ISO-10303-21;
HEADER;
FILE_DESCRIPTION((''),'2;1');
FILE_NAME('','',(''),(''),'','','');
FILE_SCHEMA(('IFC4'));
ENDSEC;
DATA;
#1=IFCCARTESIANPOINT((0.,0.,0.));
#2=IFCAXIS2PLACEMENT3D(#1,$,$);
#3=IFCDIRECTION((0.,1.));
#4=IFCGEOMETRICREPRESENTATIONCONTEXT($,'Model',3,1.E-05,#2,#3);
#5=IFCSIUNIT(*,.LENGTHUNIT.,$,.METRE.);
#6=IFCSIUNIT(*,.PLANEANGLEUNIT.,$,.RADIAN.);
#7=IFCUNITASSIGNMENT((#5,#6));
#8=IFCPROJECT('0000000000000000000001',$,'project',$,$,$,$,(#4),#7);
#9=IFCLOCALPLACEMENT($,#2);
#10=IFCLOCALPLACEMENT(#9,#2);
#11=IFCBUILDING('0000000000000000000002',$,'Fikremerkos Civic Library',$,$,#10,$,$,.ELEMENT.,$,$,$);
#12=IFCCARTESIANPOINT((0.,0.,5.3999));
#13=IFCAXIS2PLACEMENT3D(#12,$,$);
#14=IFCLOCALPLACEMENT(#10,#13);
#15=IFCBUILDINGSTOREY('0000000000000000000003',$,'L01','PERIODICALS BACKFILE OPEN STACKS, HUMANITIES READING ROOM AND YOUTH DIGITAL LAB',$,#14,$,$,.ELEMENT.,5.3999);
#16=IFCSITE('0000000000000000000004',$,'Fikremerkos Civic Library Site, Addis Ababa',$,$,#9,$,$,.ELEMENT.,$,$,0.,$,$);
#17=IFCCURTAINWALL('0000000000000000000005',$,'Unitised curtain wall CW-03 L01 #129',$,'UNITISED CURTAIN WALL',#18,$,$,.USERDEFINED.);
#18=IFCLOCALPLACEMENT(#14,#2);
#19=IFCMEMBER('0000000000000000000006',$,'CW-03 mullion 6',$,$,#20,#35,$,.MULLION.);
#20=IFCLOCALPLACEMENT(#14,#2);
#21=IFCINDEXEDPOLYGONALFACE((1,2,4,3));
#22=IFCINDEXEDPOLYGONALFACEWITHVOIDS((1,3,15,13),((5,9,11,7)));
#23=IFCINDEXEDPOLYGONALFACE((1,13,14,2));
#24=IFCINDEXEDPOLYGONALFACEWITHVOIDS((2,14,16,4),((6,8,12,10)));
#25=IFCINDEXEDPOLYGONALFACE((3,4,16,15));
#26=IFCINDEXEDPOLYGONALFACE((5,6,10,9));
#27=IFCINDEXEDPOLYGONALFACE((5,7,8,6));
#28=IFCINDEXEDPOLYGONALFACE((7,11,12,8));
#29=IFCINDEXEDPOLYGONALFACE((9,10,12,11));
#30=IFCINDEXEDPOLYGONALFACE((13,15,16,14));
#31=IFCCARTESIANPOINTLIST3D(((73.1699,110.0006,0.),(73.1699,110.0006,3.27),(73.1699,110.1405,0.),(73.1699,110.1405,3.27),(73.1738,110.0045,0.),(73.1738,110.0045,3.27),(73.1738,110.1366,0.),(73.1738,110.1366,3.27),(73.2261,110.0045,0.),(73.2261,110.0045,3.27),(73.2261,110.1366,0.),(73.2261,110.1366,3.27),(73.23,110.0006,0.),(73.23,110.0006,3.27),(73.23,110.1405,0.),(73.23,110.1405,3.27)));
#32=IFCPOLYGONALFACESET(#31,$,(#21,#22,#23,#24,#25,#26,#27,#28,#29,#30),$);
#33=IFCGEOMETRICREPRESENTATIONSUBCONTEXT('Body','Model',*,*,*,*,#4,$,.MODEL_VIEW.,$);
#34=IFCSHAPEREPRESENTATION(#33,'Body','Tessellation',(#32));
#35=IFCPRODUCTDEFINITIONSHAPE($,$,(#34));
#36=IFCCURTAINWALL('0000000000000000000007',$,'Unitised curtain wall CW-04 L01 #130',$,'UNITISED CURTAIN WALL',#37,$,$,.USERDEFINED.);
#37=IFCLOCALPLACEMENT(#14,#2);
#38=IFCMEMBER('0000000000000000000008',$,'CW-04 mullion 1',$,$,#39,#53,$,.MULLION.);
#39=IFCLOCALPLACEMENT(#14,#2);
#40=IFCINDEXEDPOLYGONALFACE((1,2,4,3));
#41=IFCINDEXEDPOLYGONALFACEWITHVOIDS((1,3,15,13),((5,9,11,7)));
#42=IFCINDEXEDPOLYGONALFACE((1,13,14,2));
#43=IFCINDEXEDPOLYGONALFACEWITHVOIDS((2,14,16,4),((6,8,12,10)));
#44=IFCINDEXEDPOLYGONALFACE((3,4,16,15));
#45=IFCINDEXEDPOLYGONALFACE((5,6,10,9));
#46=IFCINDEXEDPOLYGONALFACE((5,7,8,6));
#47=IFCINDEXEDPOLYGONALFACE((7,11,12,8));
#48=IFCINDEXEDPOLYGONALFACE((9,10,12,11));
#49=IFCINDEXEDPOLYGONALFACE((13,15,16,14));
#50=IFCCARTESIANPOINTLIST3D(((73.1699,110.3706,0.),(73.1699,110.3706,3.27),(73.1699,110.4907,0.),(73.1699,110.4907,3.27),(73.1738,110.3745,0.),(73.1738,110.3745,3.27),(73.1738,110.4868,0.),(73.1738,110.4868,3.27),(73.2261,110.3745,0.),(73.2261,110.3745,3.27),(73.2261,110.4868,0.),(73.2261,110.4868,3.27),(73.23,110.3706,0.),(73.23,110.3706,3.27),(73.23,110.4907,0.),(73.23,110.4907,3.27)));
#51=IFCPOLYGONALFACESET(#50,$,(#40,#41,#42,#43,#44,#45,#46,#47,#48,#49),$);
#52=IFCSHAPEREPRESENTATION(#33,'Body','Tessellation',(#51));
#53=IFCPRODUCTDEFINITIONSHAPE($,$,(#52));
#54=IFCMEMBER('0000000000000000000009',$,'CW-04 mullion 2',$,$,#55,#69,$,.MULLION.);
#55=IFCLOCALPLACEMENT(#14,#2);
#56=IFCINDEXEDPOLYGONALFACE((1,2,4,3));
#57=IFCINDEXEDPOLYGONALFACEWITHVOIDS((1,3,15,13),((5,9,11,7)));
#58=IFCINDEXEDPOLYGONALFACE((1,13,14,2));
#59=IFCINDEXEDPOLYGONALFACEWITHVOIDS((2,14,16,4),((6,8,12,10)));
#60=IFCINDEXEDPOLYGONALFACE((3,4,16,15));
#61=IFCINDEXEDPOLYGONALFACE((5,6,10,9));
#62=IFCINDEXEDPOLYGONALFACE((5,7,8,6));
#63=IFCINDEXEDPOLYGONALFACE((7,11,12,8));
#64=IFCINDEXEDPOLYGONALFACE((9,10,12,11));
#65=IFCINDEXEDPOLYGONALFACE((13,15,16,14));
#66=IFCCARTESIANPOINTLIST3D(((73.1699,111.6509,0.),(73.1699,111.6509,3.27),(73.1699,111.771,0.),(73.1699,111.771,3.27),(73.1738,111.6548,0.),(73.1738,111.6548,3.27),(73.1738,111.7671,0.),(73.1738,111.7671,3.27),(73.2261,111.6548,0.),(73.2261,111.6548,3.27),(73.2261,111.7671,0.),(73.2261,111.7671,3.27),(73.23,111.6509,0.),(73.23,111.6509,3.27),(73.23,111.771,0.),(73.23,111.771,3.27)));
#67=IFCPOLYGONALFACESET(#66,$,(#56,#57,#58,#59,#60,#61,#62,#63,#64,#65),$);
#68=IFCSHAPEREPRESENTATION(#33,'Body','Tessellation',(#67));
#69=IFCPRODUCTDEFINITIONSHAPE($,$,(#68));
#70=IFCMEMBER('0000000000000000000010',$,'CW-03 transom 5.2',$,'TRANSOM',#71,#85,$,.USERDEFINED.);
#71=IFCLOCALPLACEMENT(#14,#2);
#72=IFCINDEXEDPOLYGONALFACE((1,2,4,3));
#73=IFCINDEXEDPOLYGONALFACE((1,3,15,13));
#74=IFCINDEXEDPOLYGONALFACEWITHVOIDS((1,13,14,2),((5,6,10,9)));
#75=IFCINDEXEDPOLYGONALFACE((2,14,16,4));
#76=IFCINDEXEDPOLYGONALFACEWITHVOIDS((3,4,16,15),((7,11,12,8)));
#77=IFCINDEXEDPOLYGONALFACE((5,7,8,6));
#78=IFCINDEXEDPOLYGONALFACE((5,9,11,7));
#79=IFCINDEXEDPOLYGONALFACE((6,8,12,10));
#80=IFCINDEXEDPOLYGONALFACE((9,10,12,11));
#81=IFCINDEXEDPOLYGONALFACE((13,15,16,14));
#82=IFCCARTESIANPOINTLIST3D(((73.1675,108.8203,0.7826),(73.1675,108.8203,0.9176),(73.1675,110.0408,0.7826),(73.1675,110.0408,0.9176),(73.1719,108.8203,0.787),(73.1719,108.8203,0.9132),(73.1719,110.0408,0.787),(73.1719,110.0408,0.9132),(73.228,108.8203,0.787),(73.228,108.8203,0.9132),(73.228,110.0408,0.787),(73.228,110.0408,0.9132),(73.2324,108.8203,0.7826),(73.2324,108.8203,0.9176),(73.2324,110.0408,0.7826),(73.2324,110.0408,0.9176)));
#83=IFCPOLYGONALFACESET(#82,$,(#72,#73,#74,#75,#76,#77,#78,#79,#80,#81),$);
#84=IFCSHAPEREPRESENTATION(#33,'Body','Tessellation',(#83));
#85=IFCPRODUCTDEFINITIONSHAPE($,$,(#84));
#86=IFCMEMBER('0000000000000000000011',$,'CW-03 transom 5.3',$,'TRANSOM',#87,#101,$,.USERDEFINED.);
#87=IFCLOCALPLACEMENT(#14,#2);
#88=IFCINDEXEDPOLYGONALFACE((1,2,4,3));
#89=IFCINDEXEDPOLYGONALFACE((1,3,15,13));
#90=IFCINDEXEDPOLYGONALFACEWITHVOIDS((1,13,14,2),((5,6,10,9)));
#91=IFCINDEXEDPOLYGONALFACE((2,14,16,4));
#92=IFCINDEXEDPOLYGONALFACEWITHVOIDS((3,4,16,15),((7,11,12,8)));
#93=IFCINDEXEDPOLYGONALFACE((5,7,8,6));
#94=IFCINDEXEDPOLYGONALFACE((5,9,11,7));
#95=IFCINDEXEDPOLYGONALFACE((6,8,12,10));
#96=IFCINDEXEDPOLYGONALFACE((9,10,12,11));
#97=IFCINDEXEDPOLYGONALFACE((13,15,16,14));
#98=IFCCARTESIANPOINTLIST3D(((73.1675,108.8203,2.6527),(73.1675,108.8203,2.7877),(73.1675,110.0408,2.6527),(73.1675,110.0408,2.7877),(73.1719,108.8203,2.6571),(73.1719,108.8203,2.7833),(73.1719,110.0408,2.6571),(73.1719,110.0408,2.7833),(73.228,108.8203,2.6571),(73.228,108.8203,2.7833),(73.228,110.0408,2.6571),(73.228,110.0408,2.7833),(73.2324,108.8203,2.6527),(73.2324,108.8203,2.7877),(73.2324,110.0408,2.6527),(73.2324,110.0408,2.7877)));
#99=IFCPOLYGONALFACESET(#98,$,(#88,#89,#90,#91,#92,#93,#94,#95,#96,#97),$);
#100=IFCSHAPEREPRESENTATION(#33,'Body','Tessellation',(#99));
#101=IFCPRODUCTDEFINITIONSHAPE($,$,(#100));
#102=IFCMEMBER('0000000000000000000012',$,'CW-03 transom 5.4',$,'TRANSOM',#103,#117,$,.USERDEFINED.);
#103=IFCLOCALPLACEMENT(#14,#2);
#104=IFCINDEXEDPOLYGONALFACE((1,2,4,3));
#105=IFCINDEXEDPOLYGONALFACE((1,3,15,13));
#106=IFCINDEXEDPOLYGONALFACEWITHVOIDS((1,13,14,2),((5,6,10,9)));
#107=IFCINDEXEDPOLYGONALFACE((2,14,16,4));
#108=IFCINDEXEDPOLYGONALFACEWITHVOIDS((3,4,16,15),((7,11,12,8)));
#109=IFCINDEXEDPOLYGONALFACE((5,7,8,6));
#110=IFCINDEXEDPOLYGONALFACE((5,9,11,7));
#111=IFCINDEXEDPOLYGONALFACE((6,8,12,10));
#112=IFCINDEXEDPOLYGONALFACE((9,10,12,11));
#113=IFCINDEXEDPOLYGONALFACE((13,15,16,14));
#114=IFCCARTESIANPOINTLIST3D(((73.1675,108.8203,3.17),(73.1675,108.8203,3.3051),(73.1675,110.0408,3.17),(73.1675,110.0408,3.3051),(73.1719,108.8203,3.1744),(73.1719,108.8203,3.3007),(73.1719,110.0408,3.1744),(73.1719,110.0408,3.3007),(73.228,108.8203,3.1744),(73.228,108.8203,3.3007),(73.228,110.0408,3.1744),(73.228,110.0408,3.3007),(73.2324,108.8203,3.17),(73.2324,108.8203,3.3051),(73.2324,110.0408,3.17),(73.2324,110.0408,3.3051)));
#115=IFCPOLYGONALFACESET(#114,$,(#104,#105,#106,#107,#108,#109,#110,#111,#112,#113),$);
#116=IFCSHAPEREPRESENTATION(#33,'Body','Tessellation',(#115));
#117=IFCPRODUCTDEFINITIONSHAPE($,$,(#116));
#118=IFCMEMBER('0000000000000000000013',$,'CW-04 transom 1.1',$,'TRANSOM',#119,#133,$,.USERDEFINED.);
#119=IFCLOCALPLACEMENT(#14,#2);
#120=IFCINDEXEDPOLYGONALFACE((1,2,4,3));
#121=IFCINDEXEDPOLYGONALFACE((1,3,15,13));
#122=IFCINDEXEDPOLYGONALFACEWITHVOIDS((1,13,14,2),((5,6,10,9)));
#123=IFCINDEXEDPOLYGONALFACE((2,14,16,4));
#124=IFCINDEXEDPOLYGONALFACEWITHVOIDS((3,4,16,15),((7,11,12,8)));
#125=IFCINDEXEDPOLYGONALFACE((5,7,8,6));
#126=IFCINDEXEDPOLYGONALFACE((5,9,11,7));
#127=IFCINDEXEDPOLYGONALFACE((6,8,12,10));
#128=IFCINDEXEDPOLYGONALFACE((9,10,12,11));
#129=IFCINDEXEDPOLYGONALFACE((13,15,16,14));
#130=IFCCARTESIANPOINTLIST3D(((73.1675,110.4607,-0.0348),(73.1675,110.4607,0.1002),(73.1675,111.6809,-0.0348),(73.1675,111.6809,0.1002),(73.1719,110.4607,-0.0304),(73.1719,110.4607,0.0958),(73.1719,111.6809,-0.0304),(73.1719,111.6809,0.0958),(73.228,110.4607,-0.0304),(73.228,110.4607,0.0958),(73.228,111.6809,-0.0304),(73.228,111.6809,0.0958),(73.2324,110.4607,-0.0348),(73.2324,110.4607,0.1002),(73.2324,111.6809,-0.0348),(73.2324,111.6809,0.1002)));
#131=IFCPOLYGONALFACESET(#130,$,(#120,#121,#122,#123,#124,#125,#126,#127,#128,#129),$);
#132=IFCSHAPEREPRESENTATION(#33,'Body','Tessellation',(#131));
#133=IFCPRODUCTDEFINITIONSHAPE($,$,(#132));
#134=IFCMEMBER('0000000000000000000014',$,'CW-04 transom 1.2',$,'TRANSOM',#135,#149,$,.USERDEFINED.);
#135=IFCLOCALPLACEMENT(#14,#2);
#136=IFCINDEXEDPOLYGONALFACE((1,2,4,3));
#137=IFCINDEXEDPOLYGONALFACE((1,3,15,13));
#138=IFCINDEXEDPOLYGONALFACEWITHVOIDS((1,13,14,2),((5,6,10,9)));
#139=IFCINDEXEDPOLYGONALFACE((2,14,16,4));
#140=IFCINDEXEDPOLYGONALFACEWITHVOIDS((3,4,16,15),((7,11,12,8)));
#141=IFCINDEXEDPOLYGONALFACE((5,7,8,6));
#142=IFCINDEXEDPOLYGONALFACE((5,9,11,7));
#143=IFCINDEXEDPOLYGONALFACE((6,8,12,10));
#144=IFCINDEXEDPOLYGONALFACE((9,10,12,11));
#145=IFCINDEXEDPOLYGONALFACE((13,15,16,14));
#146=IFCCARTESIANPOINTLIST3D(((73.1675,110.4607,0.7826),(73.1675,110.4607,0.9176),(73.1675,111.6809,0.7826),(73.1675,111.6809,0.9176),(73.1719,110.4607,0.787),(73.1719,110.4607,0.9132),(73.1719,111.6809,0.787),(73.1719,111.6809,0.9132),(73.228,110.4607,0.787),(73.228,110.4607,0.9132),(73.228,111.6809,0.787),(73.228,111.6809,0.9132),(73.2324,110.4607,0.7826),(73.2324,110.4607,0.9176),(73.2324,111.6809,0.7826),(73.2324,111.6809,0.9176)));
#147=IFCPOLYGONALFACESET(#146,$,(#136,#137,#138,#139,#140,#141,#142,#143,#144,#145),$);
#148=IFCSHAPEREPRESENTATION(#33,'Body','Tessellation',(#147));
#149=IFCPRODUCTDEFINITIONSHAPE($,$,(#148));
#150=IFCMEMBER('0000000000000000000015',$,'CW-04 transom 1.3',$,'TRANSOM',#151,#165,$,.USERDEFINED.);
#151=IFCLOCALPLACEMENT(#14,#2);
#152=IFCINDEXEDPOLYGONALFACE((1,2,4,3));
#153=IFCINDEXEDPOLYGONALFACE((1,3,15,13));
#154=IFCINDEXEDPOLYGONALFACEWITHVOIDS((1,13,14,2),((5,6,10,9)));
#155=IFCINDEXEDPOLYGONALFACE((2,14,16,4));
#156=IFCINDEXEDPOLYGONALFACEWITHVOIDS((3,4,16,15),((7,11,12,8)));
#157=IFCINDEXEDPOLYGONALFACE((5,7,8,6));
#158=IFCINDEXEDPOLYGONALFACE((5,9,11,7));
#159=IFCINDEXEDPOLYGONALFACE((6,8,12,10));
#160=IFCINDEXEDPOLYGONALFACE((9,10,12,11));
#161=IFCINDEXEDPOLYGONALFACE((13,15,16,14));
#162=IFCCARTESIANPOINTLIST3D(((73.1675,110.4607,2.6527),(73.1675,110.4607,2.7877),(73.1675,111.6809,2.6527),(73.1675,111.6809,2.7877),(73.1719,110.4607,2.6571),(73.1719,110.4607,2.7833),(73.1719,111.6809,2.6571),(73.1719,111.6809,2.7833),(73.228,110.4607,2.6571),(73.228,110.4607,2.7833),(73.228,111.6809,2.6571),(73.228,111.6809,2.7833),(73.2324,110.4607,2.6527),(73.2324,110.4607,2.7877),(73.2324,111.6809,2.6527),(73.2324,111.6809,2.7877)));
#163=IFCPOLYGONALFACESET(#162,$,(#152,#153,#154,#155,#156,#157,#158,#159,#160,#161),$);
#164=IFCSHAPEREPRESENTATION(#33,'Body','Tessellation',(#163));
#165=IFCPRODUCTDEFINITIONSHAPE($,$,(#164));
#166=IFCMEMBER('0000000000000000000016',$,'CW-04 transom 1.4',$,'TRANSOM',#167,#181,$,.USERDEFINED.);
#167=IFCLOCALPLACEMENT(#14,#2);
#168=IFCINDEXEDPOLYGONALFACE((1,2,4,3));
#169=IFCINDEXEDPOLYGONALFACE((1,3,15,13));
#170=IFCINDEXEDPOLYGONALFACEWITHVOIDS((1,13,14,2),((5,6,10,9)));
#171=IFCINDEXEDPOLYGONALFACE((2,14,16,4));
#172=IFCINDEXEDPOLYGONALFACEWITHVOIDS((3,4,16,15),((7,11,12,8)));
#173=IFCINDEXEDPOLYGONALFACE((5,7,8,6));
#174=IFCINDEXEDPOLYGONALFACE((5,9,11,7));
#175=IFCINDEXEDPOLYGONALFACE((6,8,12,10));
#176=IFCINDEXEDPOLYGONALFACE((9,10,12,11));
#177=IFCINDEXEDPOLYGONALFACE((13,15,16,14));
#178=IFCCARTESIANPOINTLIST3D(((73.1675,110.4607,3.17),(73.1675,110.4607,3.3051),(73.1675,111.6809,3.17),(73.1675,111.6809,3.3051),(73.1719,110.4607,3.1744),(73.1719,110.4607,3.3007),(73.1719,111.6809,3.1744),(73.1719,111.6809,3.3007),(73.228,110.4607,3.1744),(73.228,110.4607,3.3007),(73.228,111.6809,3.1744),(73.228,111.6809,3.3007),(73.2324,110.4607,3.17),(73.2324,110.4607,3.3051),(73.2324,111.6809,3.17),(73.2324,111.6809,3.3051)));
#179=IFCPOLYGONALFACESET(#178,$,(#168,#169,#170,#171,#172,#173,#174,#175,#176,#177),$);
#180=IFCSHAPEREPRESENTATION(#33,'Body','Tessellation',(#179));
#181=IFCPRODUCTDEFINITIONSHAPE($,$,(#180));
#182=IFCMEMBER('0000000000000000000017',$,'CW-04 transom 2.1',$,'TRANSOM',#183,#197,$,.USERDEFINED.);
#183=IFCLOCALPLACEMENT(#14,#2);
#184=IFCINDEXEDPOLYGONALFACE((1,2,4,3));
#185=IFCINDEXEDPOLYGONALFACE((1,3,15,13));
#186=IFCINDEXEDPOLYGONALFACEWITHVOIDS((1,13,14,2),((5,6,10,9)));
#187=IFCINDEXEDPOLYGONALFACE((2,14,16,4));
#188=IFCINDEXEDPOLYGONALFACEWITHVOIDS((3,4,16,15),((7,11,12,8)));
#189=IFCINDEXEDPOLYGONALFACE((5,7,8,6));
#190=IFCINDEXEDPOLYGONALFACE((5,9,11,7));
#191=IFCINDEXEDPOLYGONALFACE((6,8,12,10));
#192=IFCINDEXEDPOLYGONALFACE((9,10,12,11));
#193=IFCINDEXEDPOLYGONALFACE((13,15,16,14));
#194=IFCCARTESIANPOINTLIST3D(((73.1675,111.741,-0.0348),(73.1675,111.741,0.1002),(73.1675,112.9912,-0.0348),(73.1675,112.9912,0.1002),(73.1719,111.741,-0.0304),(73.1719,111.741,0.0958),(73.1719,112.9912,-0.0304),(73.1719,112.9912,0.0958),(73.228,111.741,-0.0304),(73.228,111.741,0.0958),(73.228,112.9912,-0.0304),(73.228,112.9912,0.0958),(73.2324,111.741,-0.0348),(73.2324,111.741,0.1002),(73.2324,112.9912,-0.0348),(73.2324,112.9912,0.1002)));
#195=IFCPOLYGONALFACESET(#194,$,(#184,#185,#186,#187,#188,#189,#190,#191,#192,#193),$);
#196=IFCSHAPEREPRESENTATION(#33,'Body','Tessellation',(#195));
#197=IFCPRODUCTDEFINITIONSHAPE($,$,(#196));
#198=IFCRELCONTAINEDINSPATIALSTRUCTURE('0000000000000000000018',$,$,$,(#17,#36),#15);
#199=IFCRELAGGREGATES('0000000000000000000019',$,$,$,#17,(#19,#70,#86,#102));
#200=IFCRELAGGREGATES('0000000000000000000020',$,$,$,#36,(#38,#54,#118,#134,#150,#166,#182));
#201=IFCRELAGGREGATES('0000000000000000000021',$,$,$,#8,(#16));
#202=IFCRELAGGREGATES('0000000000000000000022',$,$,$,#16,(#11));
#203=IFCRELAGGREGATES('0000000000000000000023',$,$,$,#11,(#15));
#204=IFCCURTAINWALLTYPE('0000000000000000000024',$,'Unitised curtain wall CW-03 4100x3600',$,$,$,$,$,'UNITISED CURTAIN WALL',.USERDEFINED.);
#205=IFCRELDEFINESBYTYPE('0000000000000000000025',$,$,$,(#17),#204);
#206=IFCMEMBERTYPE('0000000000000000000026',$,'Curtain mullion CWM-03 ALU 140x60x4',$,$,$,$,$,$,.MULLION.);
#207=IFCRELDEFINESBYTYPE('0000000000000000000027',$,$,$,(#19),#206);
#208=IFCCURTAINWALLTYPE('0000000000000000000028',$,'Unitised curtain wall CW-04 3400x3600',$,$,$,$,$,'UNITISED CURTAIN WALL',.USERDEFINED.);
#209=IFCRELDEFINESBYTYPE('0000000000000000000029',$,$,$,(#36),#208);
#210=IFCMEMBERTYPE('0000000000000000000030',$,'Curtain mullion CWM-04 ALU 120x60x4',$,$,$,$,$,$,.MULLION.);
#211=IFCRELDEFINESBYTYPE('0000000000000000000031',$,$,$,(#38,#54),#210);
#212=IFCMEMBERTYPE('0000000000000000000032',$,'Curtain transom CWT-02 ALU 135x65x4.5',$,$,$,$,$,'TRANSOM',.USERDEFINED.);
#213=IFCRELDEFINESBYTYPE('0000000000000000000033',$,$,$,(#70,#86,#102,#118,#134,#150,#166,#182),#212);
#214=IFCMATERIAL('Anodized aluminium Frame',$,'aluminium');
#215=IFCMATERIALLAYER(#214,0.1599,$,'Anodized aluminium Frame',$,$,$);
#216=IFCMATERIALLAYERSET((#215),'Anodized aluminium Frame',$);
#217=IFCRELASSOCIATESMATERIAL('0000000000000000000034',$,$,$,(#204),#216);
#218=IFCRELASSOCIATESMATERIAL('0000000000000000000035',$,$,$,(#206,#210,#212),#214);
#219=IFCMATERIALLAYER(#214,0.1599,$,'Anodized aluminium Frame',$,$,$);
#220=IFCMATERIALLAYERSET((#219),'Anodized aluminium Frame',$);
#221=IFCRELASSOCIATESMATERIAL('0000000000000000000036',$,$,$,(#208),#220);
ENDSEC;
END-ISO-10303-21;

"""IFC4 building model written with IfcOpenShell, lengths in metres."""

from ifc_helpers import new_model, si_unit, direction, frame, origin, origin_2d, place, context, subcontext, project, spatial, hollow_rectangle, extrude, material, layer, layer_set, material_profile, profile_set, type_object, element, aggregate, save


model = new_model("IFC4")

# Units and contexts
model_context = context("Model", 3, precision=1e-05, world=origin(), true_north=direction((0.0, 1.0)))
body_context = subcontext(model_context, "Body", "Model", "MODEL_VIEW")
ifc_project = project(units=[si_unit("LENGTHUNIT", "METRE"), si_unit("PLANEANGLEUNIT", "RADIAN")], contexts=[model_context])

# Site, building, storey
site_placement = place(None, origin())
site = spatial("IfcSite", under=ifc_project, at=site_placement, Name="Fikremerkos Civic Library Site, Addis Ababa", CompositionType="ELEMENT", RefElevation=0.0)
building_placement = place(site_placement, origin())
building = spatial("IfcBuilding", under=site, at=building_placement, Name="Fikremerkos Civic Library", CompositionType="ELEMENT")
storey_placement = place(building_placement, frame((0.0, 0.0, 5.3999)))
storey = spatial("IfcBuildingStorey", under=building, at=storey_placement, Name="L01", Description="PERIODICALS BACKFILE OPEN STACKS, HUMANITIES READING ROOM AND YOUTH DIGITAL LAB", CompositionType="ELEMENT", Elevation=5.3999)

# Curtain wall, member
ifc_material_1 = material(Name="Anodized aluminium Frame", Category="aluminium")
ifc_layer_1 = layer(ifc_material_1, 0.1599, Name="Anodized aluminium Frame")
ifc_layer_set_1 = layer_set([ifc_layer_1], Name="Anodized aluminium Frame")
curtain_wall_type_1 = type_object("IfcCurtainWallType", Name="Unitised curtain wall CW-03 4100x3600", ElementType="UNITISED CURTAIN WALL", PredefinedType="USERDEFINED", material=ifc_layer_set_1)
curtain_wall_1_placement = place(storey_placement, origin())
curtain_wall_1 = element("IfcCurtainWall", 1, at=curtain_wall_1_placement, inside=storey, type_object=curtain_wall_type_1, Name="Unitised curtain wall CW-03 L01 #129", ObjectType="UNITISED CURTAIN WALL", PredefinedType="USERDEFINED")
ifc_material_profile_1 = material_profile(ifc_material_1, hollow_rectangle(XDim=0.0601, YDim=0.1399, WallThickness=0.0039, at=origin_2d()), Name="ALU 140x60x4")
ifc_profile_set_1 = profile_set([ifc_material_profile_1], Name="Anodized aluminium Frame")
member_type_1 = type_object("IfcMemberType", Name="Curtain mullion CWM-03 ALU 140x60x4", PredefinedType="MULLION", material=ifc_profile_set_1)
member_1_placement = place(storey_placement, frame((73.2, 110.0706, 0.0), z_axis=(0.0, 0.0, 1.0), x_axis=(-1.0, 0.0, 0.0)))
member_1 = element("IfcMember", 2, at=member_1_placement, type_object=member_type_1, Name="CW-03 mullion 6", PredefinedType="MULLION", context=body_context, shape_type="SweptSolid", body=[
    extrude(hollow_rectangle(XDim=0.0601, YDim=0.1399, WallThickness=0.0039, at=origin_2d()), origin(), (0.0, 0.0, 1.0), 3.27),
])

# Curtain wall, members
ifc_layer_2 = layer(ifc_material_1, 0.1599, Name="Anodized aluminium Frame")
ifc_layer_set_2 = layer_set([ifc_layer_2], Name="Anodized aluminium Frame")
curtain_wall_type_2 = type_object("IfcCurtainWallType", Name="Unitised curtain wall CW-04 3400x3600", ElementType="UNITISED CURTAIN WALL", PredefinedType="USERDEFINED", material=ifc_layer_set_2)
curtain_wall_2_placement = place(storey_placement, origin())
curtain_wall_2 = element("IfcCurtainWall", 3, at=curtain_wall_2_placement, inside=storey, type_object=curtain_wall_type_2, Name="Unitised curtain wall CW-04 L01 #130", ObjectType="UNITISED CURTAIN WALL", PredefinedType="USERDEFINED")
ifc_material_profile_2 = material_profile(ifc_material_1, hollow_rectangle(XDim=0.0601, YDim=0.1201, WallThickness=0.0039, at=origin_2d()), Name="ALU 120x60x4")
ifc_profile_set_2 = profile_set([ifc_material_profile_2], Name="Anodized aluminium Frame")
member_type_2 = type_object("IfcMemberType", Name="Curtain mullion CWM-04 ALU 120x60x4", PredefinedType="MULLION", material=ifc_profile_set_2)
member_2_placement = place(storey_placement, frame((73.2, 110.4307, 0.0), z_axis=(0.0, 0.0, 1.0), x_axis=(-1.0, 0.0, 0.0)))
member_2 = element("IfcMember", 4, at=member_2_placement, type_object=member_type_2, Name="CW-04 mullion 1", PredefinedType="MULLION", context=body_context, shape_type="SweptSolid", body=[
    extrude(hollow_rectangle(XDim=0.0601, YDim=0.1201, WallThickness=0.0039, at=origin_2d()), origin(), (0.0, 0.0, 1.0), 3.27),
])
member_3_placement = place(storey_placement, frame((73.2, 111.7109, 0.0), z_axis=(0.0, 0.0, 1.0), x_axis=(-1.0, 0.0, 0.0)))
member_3 = element("IfcMember", 5, at=member_3_placement, type_object=member_type_2, Name="CW-04 mullion 2", PredefinedType="MULLION", context=body_context, shape_type="SweptSolid", body=[
    extrude(hollow_rectangle(XDim=0.0601, YDim=0.1201, WallThickness=0.0039, at=origin_2d()), origin(), (0.0, 0.0, 1.0), 3.27),
])

# Members
ifc_material_profile_3 = material_profile(ifc_material_1, hollow_rectangle(XDim=0.0649, YDim=0.135, WallThickness=0.0044, at=origin_2d()), Name="ALU 135x65x4.5")
ifc_profile_set_3 = profile_set([ifc_material_profile_3], Name="Anodized aluminium Frame")
member_type_3 = type_object("IfcMemberType", Name="Curtain transom CWT-02 ALU 135x65x4.5", ElementType="TRANSOM", PredefinedType="USERDEFINED", material=ifc_profile_set_3)
member_4_placement = place(storey_placement, frame((73.2, 108.8203, 0.8501), z_axis=(0.0, 1.0, 0.0), x_axis=(-1.0, 0.0, 0.0)))
member_4 = element("IfcMember", 6, at=member_4_placement, type_object=member_type_3, Name="CW-03 transom 5.2", ObjectType="TRANSOM", PredefinedType="USERDEFINED", context=body_context, shape_type="SweptSolid", body=[
    extrude(hollow_rectangle(XDim=0.0649, YDim=0.135, WallThickness=0.0044, at=origin_2d()), origin(), (0.0, 0.0, 1.0), 1.2205),
])
member_5_placement = place(storey_placement, frame((73.2, 108.8203, 2.7202), z_axis=(0.0, 1.0, 0.0), x_axis=(-1.0, 0.0, 0.0)))
member_5 = element("IfcMember", 7, at=member_5_placement, type_object=member_type_3, Name="CW-03 transom 5.3", ObjectType="TRANSOM", PredefinedType="USERDEFINED", context=body_context, shape_type="SweptSolid", body=[
    extrude(hollow_rectangle(XDim=0.0649, YDim=0.135, WallThickness=0.0044, at=origin_2d()), origin(), (0.0, 0.0, 1.0), 1.2205),
])
member_6_placement = place(storey_placement, frame((73.2, 108.8203, 3.2375), z_axis=(0.0, 1.0, 0.0), x_axis=(-1.0, 0.0, 0.0)))
member_6 = element("IfcMember", 8, at=member_6_placement, type_object=member_type_3, Name="CW-03 transom 5.4", ObjectType="TRANSOM", PredefinedType="USERDEFINED", context=body_context, shape_type="SweptSolid", body=[
    extrude(hollow_rectangle(XDim=0.0649, YDim=0.135, WallThickness=0.0044, at=origin_2d()), origin(), (0.0, 0.0, 1.0), 1.2205),
])
member_7_placement = place(storey_placement, frame((73.2, 110.4607, 0.0327), z_axis=(0.0, 1.0, 0.0), x_axis=(-1.0, 0.0, 0.0)))
member_7 = element("IfcMember", 9, at=member_7_placement, type_object=member_type_3, Name="CW-04 transom 1.1", ObjectType="TRANSOM", PredefinedType="USERDEFINED", context=body_context, shape_type="SweptSolid", body=[
    extrude(hollow_rectangle(XDim=0.0649, YDim=0.135, WallThickness=0.0044, at=origin_2d()), origin(), (0.0, 0.0, 1.0), 1.2202),
])
member_8_placement = place(storey_placement, frame((73.2, 110.4607, 0.8501), z_axis=(0.0, 1.0, 0.0), x_axis=(-1.0, 0.0, 0.0)))
member_8 = element("IfcMember", 10, at=member_8_placement, type_object=member_type_3, Name="CW-04 transom 1.2", ObjectType="TRANSOM", PredefinedType="USERDEFINED", context=body_context, shape_type="SweptSolid", body=[
    extrude(hollow_rectangle(XDim=0.0649, YDim=0.135, WallThickness=0.0044, at=origin_2d()), origin(), (0.0, 0.0, 1.0), 1.2202),
])
member_9_placement = place(storey_placement, frame((73.2, 110.4607, 2.7202), z_axis=(0.0, 1.0, 0.0), x_axis=(-1.0, 0.0, 0.0)))
member_9 = element("IfcMember", 11, at=member_9_placement, type_object=member_type_3, Name="CW-04 transom 1.3", ObjectType="TRANSOM", PredefinedType="USERDEFINED", context=body_context, shape_type="SweptSolid", body=[
    extrude(hollow_rectangle(XDim=0.0649, YDim=0.135, WallThickness=0.0044, at=origin_2d()), origin(), (0.0, 0.0, 1.0), 1.2202),
])
member_10_placement = place(storey_placement, frame((73.2, 110.4607, 3.2375), z_axis=(0.0, 1.0, 0.0), x_axis=(-1.0, 0.0, 0.0)))
member_10 = element("IfcMember", 12, at=member_10_placement, type_object=member_type_3, Name="CW-04 transom 1.4", ObjectType="TRANSOM", PredefinedType="USERDEFINED", context=body_context, shape_type="SweptSolid", body=[
    extrude(hollow_rectangle(XDim=0.0649, YDim=0.135, WallThickness=0.0044, at=origin_2d()), origin(), (0.0, 0.0, 1.0), 1.2202),
])
member_11_placement = place(storey_placement, frame((73.2, 111.741, 0.0327), z_axis=(0.0, 1.0, 0.0), x_axis=(-1.0, 0.0, 0.0)))
member_11 = element("IfcMember", 13, at=member_11_placement, type_object=member_type_3, Name="CW-04 transom 2.1", ObjectType="TRANSOM", PredefinedType="USERDEFINED", context=body_context, shape_type="SweptSolid", body=[
    extrude(hollow_rectangle(XDim=0.0649, YDim=0.135, WallThickness=0.0044, at=origin_2d()), origin(), (0.0, 0.0, 1.0), 1.2502),
])

aggregate(curtain_wall_1, [member_1, member_4, member_5, member_6])
aggregate(curtain_wall_2, [member_2, member_3, member_7, member_8, member_9, member_10, member_11])

save(model, "model.ifc")
